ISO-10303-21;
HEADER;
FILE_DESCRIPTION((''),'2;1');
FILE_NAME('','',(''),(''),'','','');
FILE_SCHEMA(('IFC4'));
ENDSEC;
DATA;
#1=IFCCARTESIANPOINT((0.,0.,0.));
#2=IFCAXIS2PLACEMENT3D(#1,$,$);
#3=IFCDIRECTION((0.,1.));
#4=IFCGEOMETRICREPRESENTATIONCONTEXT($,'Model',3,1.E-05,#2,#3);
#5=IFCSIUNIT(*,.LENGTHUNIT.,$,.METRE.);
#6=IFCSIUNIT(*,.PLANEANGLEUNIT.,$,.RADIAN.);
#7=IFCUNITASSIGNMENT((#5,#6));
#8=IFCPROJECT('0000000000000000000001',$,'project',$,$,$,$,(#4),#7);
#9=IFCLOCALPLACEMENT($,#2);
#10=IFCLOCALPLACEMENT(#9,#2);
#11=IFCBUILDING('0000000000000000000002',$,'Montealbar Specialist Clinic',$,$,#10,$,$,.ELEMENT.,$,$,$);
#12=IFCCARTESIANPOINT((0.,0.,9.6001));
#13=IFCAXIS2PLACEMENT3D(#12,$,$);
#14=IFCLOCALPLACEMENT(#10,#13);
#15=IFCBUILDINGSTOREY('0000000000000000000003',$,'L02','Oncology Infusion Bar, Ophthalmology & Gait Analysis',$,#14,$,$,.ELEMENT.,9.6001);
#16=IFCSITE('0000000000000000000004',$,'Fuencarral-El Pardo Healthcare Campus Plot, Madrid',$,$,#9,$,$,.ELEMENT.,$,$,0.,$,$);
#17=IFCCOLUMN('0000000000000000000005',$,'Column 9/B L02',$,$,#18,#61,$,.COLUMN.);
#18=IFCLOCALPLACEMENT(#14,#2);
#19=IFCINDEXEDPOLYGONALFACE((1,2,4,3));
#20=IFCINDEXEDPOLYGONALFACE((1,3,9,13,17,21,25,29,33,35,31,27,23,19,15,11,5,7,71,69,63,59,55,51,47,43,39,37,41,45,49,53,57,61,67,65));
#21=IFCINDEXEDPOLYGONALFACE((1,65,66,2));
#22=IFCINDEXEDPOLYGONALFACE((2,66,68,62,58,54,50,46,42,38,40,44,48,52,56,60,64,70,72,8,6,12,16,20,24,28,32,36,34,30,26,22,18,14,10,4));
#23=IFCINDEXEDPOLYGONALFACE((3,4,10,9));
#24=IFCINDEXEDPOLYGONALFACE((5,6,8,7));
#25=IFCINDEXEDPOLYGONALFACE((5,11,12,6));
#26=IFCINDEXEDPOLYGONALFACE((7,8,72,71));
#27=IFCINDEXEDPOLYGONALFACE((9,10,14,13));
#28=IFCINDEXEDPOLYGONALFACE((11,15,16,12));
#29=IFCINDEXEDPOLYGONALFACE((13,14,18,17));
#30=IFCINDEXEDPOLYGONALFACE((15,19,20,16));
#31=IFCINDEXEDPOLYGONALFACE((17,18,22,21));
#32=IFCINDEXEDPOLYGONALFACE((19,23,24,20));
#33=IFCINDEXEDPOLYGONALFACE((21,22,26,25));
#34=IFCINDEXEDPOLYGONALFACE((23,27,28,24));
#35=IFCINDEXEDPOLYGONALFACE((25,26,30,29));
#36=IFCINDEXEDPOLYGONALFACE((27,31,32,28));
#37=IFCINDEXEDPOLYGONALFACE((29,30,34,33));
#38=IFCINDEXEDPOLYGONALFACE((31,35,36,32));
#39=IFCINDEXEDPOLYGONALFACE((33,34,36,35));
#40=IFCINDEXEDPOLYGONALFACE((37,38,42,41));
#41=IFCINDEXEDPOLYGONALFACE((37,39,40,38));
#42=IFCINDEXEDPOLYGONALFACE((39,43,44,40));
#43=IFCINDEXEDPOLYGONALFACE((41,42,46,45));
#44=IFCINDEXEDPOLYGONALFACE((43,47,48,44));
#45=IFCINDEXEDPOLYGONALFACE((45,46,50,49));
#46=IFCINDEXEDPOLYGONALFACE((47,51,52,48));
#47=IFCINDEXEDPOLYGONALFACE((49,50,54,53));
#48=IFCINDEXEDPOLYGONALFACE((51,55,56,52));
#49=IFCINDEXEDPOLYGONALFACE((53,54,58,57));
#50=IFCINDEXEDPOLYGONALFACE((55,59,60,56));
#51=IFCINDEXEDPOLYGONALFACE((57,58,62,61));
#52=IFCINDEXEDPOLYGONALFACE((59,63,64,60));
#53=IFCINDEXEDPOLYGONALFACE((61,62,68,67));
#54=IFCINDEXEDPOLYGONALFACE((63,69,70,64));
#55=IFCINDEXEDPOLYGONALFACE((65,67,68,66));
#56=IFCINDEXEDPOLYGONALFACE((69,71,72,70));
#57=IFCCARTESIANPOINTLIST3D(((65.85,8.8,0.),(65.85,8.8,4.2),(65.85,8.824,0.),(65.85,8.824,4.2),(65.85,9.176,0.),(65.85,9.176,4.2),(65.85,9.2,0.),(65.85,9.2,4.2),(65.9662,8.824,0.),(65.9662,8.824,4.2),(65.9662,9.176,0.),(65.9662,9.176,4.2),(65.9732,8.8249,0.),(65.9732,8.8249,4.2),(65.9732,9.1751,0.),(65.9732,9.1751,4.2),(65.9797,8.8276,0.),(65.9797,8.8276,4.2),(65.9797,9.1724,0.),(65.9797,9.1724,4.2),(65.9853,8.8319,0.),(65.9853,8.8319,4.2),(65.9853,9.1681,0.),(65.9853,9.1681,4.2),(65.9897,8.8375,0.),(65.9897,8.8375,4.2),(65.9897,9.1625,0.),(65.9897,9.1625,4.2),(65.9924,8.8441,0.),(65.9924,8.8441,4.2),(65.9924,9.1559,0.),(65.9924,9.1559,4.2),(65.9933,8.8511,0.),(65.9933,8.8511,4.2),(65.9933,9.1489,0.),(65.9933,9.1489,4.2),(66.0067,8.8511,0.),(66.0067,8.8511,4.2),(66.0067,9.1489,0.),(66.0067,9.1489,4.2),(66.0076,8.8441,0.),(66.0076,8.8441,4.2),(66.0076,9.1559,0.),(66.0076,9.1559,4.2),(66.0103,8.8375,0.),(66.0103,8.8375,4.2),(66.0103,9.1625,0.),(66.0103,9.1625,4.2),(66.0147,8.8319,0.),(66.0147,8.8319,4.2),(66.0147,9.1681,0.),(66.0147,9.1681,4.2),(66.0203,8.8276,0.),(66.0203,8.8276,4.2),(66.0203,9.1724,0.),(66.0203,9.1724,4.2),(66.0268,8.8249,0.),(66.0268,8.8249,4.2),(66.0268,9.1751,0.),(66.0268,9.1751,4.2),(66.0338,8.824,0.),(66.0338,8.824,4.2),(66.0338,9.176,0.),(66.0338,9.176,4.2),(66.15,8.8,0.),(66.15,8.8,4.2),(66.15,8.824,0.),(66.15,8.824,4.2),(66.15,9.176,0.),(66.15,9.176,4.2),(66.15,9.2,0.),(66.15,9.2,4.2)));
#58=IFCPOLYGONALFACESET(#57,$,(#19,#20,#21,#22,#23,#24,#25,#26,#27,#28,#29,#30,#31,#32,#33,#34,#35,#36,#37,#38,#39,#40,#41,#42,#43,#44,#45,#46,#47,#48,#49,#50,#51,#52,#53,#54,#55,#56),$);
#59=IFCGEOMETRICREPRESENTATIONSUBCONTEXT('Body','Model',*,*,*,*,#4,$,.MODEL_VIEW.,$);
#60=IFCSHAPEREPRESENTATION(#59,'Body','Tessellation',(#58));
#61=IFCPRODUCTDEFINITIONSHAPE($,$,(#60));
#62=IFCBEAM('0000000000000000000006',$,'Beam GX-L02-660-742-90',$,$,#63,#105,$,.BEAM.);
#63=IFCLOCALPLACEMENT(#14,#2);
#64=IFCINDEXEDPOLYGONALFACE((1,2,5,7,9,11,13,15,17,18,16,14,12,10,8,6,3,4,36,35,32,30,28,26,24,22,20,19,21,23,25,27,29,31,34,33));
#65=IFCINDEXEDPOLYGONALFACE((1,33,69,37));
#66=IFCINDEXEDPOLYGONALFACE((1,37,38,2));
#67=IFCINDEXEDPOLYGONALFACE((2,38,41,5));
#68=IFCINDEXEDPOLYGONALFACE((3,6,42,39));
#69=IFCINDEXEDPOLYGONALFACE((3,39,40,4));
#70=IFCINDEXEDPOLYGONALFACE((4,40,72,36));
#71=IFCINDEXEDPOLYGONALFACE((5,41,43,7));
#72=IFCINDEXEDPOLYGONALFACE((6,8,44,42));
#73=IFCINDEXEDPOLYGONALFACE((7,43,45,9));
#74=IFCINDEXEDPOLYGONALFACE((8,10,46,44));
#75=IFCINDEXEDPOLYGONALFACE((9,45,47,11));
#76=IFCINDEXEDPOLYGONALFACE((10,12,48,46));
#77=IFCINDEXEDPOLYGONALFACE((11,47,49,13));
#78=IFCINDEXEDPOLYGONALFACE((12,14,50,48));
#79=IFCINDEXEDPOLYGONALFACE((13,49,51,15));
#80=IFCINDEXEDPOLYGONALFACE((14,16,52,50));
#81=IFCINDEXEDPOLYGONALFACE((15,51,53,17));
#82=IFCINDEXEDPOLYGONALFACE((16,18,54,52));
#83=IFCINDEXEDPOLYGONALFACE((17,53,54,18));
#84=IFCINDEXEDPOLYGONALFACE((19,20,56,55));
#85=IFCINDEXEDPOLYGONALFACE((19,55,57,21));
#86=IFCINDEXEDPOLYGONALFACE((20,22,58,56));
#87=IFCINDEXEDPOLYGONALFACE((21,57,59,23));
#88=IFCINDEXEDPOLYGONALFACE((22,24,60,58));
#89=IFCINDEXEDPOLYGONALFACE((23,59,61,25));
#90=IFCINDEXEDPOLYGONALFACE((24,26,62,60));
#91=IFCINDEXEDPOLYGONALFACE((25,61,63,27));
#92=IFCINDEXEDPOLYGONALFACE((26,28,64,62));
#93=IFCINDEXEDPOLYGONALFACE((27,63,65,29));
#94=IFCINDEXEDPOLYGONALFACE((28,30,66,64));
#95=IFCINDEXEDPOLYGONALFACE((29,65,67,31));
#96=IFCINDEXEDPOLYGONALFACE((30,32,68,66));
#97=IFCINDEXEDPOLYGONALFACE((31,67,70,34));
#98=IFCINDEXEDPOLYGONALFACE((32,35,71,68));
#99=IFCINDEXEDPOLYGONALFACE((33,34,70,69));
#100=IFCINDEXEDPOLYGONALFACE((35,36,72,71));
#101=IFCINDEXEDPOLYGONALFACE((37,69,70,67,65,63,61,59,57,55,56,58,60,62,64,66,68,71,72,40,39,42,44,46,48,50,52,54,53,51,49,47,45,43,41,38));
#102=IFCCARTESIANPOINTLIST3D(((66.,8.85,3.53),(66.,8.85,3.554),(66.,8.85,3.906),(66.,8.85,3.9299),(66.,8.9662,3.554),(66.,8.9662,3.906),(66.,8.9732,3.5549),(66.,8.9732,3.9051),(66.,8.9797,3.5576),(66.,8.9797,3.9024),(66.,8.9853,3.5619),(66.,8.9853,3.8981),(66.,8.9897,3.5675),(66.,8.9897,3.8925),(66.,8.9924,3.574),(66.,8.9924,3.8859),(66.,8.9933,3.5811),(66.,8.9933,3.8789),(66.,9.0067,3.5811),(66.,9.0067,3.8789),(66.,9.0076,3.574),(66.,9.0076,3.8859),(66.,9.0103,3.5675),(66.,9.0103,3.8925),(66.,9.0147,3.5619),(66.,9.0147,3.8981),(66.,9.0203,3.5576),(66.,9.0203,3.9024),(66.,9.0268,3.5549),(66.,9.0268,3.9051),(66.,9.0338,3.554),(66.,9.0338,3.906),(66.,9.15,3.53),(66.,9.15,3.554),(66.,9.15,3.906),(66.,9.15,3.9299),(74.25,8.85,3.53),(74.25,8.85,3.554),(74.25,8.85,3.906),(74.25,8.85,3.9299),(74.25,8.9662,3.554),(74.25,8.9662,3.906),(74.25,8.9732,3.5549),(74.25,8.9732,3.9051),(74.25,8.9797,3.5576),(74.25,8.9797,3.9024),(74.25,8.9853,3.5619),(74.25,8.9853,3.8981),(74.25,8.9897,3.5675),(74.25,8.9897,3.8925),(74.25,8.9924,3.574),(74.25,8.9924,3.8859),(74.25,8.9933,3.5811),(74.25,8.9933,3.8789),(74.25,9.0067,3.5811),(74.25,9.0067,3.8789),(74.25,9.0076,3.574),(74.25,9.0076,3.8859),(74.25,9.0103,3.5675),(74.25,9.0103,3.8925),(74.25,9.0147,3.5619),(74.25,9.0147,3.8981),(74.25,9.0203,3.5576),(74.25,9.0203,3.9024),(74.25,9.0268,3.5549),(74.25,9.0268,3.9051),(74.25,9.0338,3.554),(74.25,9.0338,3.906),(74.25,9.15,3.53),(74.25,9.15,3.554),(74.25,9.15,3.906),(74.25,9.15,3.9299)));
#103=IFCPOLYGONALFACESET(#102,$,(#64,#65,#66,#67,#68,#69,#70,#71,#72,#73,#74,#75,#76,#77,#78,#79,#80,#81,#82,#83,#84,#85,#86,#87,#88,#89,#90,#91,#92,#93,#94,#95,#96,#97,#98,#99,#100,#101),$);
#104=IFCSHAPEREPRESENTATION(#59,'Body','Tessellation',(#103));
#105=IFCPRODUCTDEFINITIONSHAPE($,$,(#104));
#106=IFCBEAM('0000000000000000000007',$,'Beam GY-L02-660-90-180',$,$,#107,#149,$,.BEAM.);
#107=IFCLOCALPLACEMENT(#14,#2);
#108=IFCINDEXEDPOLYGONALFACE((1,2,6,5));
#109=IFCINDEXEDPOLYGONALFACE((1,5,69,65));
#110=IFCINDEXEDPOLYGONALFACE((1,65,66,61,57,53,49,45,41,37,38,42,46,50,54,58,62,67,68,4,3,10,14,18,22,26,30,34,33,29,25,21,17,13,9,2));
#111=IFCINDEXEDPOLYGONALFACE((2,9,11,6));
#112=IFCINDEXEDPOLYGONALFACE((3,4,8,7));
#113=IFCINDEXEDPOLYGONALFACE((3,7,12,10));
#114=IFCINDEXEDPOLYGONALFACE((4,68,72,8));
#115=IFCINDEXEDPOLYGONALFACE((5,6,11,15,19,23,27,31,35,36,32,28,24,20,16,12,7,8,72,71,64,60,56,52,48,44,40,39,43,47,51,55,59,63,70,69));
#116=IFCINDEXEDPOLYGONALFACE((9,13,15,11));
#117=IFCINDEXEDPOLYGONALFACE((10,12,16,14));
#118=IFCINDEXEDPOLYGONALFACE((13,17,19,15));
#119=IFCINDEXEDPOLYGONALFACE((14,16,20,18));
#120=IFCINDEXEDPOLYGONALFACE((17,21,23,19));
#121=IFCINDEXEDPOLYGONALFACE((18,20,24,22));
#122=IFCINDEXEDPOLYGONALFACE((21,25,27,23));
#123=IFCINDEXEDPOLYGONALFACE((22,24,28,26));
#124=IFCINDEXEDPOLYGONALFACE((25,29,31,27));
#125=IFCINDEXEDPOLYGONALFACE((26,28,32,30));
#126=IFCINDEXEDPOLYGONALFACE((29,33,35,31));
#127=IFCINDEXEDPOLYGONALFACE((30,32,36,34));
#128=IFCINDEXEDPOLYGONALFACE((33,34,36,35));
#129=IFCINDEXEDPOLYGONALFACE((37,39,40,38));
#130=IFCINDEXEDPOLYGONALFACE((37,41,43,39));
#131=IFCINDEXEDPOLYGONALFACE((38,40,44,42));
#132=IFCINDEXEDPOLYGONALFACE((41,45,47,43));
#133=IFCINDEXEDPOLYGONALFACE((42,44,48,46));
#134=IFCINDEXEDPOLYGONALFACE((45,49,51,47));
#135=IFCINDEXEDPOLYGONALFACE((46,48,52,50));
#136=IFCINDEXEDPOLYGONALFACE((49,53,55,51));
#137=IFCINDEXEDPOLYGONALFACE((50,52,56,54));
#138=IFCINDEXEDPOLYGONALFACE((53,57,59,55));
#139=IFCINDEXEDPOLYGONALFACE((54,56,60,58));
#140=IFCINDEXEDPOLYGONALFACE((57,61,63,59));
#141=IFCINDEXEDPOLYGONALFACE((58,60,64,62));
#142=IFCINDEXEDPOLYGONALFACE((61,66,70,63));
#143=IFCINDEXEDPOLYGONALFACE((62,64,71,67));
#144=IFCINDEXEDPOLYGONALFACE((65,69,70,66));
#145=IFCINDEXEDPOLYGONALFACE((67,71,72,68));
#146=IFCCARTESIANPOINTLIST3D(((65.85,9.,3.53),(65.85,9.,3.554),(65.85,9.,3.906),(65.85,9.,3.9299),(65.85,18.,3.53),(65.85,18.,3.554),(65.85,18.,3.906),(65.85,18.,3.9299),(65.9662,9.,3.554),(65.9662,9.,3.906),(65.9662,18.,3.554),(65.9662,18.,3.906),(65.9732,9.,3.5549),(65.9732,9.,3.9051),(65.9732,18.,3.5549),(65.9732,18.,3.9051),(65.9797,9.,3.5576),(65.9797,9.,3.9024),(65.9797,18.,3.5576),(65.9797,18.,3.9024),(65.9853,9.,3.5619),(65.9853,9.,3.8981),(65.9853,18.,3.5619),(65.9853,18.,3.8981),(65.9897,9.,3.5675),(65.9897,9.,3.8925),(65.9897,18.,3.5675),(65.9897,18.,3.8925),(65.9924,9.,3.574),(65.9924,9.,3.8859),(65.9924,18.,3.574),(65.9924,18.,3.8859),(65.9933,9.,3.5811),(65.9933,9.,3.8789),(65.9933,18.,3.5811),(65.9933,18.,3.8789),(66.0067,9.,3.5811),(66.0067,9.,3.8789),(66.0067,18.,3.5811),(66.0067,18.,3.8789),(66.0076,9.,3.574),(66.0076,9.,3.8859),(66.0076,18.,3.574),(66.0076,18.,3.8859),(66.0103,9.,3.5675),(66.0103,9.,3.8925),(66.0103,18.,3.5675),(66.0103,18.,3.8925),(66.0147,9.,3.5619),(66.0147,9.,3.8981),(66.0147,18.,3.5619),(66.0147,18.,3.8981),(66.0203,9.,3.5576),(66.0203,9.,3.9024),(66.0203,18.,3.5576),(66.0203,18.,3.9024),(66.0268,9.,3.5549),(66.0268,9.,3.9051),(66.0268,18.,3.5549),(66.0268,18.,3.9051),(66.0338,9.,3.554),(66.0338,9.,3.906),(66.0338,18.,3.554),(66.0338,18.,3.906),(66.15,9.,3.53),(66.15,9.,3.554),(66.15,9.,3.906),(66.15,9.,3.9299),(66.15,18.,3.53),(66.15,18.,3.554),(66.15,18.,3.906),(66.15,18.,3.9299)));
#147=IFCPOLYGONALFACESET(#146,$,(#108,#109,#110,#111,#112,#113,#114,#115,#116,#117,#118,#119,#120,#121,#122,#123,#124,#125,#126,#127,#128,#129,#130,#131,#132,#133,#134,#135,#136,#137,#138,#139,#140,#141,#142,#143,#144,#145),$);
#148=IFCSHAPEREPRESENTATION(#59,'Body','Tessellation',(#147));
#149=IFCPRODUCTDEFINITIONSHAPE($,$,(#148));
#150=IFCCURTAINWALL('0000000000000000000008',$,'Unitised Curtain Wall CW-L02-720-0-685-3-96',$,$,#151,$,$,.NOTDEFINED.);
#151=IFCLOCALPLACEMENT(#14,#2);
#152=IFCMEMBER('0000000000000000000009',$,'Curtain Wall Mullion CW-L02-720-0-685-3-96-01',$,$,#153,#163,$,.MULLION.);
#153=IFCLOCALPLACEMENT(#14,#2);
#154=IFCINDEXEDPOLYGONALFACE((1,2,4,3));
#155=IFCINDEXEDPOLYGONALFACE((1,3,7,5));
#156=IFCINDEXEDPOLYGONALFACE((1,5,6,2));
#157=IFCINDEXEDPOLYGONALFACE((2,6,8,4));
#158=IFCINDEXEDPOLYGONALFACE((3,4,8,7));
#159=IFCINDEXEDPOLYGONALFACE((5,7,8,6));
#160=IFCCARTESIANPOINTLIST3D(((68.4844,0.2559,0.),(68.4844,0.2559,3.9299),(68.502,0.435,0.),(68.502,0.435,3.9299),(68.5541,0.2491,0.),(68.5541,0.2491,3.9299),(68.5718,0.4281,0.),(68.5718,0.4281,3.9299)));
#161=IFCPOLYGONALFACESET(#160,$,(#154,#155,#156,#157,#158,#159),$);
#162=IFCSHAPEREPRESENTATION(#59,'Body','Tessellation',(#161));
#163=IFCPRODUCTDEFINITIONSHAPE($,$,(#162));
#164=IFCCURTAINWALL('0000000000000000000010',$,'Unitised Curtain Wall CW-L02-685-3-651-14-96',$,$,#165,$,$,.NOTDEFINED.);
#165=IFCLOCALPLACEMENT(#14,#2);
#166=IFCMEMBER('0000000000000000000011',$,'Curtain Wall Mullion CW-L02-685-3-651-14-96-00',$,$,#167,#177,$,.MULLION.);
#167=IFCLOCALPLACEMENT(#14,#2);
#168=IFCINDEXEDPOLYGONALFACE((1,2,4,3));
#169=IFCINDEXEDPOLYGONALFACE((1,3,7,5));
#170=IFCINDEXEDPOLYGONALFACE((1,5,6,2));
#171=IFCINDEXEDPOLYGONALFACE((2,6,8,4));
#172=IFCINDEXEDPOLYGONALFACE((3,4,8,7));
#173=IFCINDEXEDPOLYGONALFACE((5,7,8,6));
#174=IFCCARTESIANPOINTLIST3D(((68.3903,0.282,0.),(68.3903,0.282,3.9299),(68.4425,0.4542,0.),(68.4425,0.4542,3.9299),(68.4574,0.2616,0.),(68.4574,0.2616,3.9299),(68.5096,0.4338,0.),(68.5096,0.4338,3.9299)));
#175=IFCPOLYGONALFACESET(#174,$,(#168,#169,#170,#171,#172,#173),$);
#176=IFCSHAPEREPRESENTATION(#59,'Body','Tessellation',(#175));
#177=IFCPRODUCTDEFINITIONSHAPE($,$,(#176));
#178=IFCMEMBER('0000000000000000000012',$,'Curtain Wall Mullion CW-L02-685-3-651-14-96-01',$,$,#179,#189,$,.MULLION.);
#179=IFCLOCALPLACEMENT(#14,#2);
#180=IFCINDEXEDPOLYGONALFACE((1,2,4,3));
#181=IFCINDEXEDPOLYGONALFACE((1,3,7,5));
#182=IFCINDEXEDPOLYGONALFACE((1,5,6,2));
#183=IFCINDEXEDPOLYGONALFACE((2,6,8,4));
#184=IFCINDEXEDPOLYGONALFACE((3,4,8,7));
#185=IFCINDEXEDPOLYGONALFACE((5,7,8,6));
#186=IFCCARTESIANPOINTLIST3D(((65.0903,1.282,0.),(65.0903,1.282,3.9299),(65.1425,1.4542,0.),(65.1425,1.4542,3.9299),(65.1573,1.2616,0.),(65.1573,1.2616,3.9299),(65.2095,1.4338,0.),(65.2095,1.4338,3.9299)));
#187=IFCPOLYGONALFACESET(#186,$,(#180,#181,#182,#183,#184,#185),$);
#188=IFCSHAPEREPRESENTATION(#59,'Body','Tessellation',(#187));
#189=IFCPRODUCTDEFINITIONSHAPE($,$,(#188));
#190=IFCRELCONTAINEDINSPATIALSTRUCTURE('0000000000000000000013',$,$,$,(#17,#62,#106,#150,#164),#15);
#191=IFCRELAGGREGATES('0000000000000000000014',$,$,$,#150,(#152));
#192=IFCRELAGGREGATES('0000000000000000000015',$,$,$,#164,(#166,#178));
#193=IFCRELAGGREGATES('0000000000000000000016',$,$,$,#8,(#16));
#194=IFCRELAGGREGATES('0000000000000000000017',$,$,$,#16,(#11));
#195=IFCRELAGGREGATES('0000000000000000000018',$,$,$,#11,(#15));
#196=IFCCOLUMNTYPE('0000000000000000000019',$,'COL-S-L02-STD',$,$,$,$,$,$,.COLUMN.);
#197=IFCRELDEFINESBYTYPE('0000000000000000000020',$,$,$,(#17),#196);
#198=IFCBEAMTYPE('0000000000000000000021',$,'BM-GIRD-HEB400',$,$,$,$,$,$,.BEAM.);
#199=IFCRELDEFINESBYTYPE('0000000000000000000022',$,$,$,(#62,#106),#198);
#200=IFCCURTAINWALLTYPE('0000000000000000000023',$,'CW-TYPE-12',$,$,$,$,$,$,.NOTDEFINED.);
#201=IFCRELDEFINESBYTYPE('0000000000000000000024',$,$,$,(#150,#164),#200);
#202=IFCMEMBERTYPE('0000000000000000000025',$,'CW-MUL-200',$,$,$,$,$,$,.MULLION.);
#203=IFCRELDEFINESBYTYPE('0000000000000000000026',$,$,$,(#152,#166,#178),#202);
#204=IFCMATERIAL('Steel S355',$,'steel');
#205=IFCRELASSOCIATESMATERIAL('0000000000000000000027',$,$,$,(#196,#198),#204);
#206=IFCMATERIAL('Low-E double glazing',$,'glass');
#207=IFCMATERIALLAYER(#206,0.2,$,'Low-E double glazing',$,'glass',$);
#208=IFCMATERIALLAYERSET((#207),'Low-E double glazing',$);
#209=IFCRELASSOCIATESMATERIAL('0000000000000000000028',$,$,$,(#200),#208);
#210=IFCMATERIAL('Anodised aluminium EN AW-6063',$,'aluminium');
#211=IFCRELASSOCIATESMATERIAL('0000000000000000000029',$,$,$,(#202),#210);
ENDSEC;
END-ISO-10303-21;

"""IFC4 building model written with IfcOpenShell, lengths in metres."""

from ifc_helpers import new_model, si_unit, direction, frame, origin, origin_2d, place, context, subcontext, project, spatial, rectangle, i_section, extrude, material, layer, layer_set, material_profile, profile_set, type_object, element, aggregate, save


model = new_model("IFC4")

# Units and contexts
model_context = context("Model", 3, precision=1e-05, world=origin(), true_north=direction((0.0, 1.0)))
body_context = subcontext(model_context, "Body", "Model", "MODEL_VIEW")
ifc_project = project(units=[si_unit("LENGTHUNIT", "METRE"), si_unit("PLANEANGLEUNIT", "RADIAN")], contexts=[model_context])

# Site, building, storey
site_placement = place(None, origin())
site = spatial("IfcSite", under=ifc_project, at=site_placement, Name="Fuencarral-El Pardo Healthcare Campus Plot, Madrid", CompositionType="ELEMENT", RefElevation=0.0)
building_placement = place(site_placement, origin())
building = spatial("IfcBuilding", under=site, at=building_placement, Name="Montealbar Specialist Clinic", CompositionType="ELEMENT")
storey_placement = place(building_placement, frame((0.0, 0.0, 9.6001)))
storey = spatial("IfcBuildingStorey", under=building, at=storey_placement, Name="L02", Description="Oncology Infusion Bar, Ophthalmology & Gait Analysis", CompositionType="ELEMENT", Elevation=9.6001)

# Column
ifc_material_1 = material(Name="Steel S355", Category="steel")
ifc_material_profile_1 = material_profile(ifc_material_1, i_section(OverallWidth=0.3, OverallDepth=0.3999, WebThickness=0.0134, FlangeThickness=0.0239, FilletRadius=0.0271, at=origin_2d()), Name="HEB 400", Category="steel")
ifc_profile_set_1 = profile_set([ifc_material_profile_1], Name="Steel S355")
column_type = type_object("IfcColumnType", Name="COL-S-L02-STD", PredefinedType="COLUMN", material=ifc_profile_set_1)
column_placement = place(storey_placement, frame((66.0, 9.0, 0.0), z_axis=(0.0, 0.0, 1.0), x_axis=(1.0, 0.0, 0.0)))
element("IfcColumn", 1, at=column_placement, inside=storey, type_object=column_type, Name="Column 9/B L02", PredefinedType="COLUMN", context=body_context, shape_type="SweptSolid", body=[
    extrude(i_section(OverallWidth=0.3, OverallDepth=0.3999, WebThickness=0.0134, FlangeThickness=0.0239, FilletRadius=0.0271, at=origin_2d()), origin(), (0.0, 0.0, 1.0), 4.2),
])

# Beams
ifc_material_profile_2 = material_profile(ifc_material_1, i_section(OverallWidth=0.3, OverallDepth=0.3999, WebThickness=0.0134, FlangeThickness=0.0239, FilletRadius=0.0271, at=origin_2d()), Name="HEB 400", Category="steel")
ifc_profile_set_2 = profile_set([ifc_material_profile_2], Name="Steel S355")
beam_type = type_object("IfcBeamType", Name="BM-GIRD-HEB400", PredefinedType="BEAM", material=ifc_profile_set_2)
beam_1_placement = place(storey_placement, frame((66.0, 9.0, 3.73), z_axis=(1.0, 0.0, 0.0), x_axis=(0.0, 1.0, 0.0)))
element("IfcBeam", 2, at=beam_1_placement, inside=storey, type_object=beam_type, Name="Beam GX-L02-660-742-90", PredefinedType="BEAM", context=body_context, shape_type="SweptSolid", body=[
    extrude(i_section(OverallWidth=0.3, OverallDepth=0.3999, WebThickness=0.0134, FlangeThickness=0.0239, FilletRadius=0.0271, at=origin_2d()), origin(), (0.0, 0.0, 1.0), 8.25),
])
beam_2_placement = place(storey_placement, frame((66.0, 9.0, 3.73), z_axis=(0.0, 1.0, 0.0), x_axis=(-1.0, 0.0, 0.0)))
element("IfcBeam", 3, at=beam_2_placement, inside=storey, type_object=beam_type, Name="Beam GY-L02-660-90-180", PredefinedType="BEAM", context=body_context, shape_type="SweptSolid", body=[
    extrude(i_section(OverallWidth=0.3, OverallDepth=0.3999, WebThickness=0.0134, FlangeThickness=0.0239, FilletRadius=0.0271, at=origin_2d()), origin(), (0.0, 0.0, 1.0), 9.0),
])

# Curtain wall, member
ifc_material_2 = material(Name="Low-E double glazing", Category="glass")
ifc_layer_1 = layer(ifc_material_2, 0.2, Name="Low-E double glazing", Category="glass")
ifc_layer_set_1 = layer_set([ifc_layer_1], Name="Low-E double glazing")
curtain_wall_type = type_object("IfcCurtainWallType", Name="CW-TYPE-12", PredefinedType="NOTDEFINED", material=ifc_layer_set_1)
curtain_wall_1_placement = place(storey_placement, origin())
curtain_wall_1 = element("IfcCurtainWall", 4, at=curtain_wall_1_placement, inside=storey, type_object=curtain_wall_type, Name="Unitised Curtain Wall CW-L02-720-0-685-3-96", PredefinedType="NOTDEFINED")
ifc_material_3 = material(Name="Anodised aluminium EN AW-6063", Category="aluminium")
ifc_material_profile_3 = material_profile(ifc_material_3, rectangle(XDim=0.0701, YDim=0.1799, at=origin_2d()), Name="ALU 70x180", Category="aluminium")
ifc_profile_set_3 = profile_set([ifc_material_profile_3], Name="Anodised aluminium EN AW-6063")
member_type_1 = type_object("IfcMemberType", Name="CW-MUL-200", PredefinedType="MULLION", material=ifc_profile_set_3)
member_1_placement = place(storey_placement, frame((68.5281, 0.342, 0.0), z_axis=(0.0, 0.0, 1.0), x_axis=(-0.995182, 0.098045, 0.0)))
member_1 = element("IfcMember", 5, at=member_1_placement, type_object=member_type_1, Name="Curtain Wall Mullion CW-L02-720-0-685-3-96-01", PredefinedType="MULLION", context=body_context, shape_type="SweptSolid", body=[
    extrude(rectangle(XDim=0.0701, YDim=0.1799, at=origin_2d()), origin(), (0.0, 0.0, 1.0), 3.9299),
])

# Curtain wall, members
curtain_wall_2_placement = place(storey_placement, origin())
curtain_wall_2 = element("IfcCurtainWall", 6, at=curtain_wall_2_placement, inside=storey, type_object=curtain_wall_type, Name="Unitised Curtain Wall CW-L02-685-3-651-14-96", PredefinedType="NOTDEFINED")
member_2_placement = place(storey_placement, frame((68.45, 0.3579, 0.0), z_axis=(0.0, 0.0, 1.0), x_axis=(-0.956948, 0.290259, 0.0)))
member_2 = element("IfcMember", 7, at=member_2_placement, type_object=member_type_1, Name="Curtain Wall Mullion CW-L02-685-3-651-14-96-00", PredefinedType="MULLION", context=body_context, shape_type="SweptSolid", body=[
    extrude(rectangle(XDim=0.0701, YDim=0.1799, at=origin_2d()), origin(), (0.0, 0.0, 1.0), 3.9299),
])
member_3_placement = place(storey_placement, frame((65.1499, 1.3579, 0.0), z_axis=(0.0, 0.0, 1.0), x_axis=(-0.956948, 0.290259, 0.0)))
member_3 = element("IfcMember", 8, at=member_3_placement, type_object=member_type_1, Name="Curtain Wall Mullion CW-L02-685-3-651-14-96-01", PredefinedType="MULLION", context=body_context, shape_type="SweptSolid", body=[
    extrude(rectangle(XDim=0.0701, YDim=0.1799, at=origin_2d()), origin(), (0.0, 0.0, 1.0), 3.9299),
])

aggregate(curtain_wall_1, [member_1])
aggregate(curtain_wall_2, [member_2, member_3])

save(model, "model.ifc")
